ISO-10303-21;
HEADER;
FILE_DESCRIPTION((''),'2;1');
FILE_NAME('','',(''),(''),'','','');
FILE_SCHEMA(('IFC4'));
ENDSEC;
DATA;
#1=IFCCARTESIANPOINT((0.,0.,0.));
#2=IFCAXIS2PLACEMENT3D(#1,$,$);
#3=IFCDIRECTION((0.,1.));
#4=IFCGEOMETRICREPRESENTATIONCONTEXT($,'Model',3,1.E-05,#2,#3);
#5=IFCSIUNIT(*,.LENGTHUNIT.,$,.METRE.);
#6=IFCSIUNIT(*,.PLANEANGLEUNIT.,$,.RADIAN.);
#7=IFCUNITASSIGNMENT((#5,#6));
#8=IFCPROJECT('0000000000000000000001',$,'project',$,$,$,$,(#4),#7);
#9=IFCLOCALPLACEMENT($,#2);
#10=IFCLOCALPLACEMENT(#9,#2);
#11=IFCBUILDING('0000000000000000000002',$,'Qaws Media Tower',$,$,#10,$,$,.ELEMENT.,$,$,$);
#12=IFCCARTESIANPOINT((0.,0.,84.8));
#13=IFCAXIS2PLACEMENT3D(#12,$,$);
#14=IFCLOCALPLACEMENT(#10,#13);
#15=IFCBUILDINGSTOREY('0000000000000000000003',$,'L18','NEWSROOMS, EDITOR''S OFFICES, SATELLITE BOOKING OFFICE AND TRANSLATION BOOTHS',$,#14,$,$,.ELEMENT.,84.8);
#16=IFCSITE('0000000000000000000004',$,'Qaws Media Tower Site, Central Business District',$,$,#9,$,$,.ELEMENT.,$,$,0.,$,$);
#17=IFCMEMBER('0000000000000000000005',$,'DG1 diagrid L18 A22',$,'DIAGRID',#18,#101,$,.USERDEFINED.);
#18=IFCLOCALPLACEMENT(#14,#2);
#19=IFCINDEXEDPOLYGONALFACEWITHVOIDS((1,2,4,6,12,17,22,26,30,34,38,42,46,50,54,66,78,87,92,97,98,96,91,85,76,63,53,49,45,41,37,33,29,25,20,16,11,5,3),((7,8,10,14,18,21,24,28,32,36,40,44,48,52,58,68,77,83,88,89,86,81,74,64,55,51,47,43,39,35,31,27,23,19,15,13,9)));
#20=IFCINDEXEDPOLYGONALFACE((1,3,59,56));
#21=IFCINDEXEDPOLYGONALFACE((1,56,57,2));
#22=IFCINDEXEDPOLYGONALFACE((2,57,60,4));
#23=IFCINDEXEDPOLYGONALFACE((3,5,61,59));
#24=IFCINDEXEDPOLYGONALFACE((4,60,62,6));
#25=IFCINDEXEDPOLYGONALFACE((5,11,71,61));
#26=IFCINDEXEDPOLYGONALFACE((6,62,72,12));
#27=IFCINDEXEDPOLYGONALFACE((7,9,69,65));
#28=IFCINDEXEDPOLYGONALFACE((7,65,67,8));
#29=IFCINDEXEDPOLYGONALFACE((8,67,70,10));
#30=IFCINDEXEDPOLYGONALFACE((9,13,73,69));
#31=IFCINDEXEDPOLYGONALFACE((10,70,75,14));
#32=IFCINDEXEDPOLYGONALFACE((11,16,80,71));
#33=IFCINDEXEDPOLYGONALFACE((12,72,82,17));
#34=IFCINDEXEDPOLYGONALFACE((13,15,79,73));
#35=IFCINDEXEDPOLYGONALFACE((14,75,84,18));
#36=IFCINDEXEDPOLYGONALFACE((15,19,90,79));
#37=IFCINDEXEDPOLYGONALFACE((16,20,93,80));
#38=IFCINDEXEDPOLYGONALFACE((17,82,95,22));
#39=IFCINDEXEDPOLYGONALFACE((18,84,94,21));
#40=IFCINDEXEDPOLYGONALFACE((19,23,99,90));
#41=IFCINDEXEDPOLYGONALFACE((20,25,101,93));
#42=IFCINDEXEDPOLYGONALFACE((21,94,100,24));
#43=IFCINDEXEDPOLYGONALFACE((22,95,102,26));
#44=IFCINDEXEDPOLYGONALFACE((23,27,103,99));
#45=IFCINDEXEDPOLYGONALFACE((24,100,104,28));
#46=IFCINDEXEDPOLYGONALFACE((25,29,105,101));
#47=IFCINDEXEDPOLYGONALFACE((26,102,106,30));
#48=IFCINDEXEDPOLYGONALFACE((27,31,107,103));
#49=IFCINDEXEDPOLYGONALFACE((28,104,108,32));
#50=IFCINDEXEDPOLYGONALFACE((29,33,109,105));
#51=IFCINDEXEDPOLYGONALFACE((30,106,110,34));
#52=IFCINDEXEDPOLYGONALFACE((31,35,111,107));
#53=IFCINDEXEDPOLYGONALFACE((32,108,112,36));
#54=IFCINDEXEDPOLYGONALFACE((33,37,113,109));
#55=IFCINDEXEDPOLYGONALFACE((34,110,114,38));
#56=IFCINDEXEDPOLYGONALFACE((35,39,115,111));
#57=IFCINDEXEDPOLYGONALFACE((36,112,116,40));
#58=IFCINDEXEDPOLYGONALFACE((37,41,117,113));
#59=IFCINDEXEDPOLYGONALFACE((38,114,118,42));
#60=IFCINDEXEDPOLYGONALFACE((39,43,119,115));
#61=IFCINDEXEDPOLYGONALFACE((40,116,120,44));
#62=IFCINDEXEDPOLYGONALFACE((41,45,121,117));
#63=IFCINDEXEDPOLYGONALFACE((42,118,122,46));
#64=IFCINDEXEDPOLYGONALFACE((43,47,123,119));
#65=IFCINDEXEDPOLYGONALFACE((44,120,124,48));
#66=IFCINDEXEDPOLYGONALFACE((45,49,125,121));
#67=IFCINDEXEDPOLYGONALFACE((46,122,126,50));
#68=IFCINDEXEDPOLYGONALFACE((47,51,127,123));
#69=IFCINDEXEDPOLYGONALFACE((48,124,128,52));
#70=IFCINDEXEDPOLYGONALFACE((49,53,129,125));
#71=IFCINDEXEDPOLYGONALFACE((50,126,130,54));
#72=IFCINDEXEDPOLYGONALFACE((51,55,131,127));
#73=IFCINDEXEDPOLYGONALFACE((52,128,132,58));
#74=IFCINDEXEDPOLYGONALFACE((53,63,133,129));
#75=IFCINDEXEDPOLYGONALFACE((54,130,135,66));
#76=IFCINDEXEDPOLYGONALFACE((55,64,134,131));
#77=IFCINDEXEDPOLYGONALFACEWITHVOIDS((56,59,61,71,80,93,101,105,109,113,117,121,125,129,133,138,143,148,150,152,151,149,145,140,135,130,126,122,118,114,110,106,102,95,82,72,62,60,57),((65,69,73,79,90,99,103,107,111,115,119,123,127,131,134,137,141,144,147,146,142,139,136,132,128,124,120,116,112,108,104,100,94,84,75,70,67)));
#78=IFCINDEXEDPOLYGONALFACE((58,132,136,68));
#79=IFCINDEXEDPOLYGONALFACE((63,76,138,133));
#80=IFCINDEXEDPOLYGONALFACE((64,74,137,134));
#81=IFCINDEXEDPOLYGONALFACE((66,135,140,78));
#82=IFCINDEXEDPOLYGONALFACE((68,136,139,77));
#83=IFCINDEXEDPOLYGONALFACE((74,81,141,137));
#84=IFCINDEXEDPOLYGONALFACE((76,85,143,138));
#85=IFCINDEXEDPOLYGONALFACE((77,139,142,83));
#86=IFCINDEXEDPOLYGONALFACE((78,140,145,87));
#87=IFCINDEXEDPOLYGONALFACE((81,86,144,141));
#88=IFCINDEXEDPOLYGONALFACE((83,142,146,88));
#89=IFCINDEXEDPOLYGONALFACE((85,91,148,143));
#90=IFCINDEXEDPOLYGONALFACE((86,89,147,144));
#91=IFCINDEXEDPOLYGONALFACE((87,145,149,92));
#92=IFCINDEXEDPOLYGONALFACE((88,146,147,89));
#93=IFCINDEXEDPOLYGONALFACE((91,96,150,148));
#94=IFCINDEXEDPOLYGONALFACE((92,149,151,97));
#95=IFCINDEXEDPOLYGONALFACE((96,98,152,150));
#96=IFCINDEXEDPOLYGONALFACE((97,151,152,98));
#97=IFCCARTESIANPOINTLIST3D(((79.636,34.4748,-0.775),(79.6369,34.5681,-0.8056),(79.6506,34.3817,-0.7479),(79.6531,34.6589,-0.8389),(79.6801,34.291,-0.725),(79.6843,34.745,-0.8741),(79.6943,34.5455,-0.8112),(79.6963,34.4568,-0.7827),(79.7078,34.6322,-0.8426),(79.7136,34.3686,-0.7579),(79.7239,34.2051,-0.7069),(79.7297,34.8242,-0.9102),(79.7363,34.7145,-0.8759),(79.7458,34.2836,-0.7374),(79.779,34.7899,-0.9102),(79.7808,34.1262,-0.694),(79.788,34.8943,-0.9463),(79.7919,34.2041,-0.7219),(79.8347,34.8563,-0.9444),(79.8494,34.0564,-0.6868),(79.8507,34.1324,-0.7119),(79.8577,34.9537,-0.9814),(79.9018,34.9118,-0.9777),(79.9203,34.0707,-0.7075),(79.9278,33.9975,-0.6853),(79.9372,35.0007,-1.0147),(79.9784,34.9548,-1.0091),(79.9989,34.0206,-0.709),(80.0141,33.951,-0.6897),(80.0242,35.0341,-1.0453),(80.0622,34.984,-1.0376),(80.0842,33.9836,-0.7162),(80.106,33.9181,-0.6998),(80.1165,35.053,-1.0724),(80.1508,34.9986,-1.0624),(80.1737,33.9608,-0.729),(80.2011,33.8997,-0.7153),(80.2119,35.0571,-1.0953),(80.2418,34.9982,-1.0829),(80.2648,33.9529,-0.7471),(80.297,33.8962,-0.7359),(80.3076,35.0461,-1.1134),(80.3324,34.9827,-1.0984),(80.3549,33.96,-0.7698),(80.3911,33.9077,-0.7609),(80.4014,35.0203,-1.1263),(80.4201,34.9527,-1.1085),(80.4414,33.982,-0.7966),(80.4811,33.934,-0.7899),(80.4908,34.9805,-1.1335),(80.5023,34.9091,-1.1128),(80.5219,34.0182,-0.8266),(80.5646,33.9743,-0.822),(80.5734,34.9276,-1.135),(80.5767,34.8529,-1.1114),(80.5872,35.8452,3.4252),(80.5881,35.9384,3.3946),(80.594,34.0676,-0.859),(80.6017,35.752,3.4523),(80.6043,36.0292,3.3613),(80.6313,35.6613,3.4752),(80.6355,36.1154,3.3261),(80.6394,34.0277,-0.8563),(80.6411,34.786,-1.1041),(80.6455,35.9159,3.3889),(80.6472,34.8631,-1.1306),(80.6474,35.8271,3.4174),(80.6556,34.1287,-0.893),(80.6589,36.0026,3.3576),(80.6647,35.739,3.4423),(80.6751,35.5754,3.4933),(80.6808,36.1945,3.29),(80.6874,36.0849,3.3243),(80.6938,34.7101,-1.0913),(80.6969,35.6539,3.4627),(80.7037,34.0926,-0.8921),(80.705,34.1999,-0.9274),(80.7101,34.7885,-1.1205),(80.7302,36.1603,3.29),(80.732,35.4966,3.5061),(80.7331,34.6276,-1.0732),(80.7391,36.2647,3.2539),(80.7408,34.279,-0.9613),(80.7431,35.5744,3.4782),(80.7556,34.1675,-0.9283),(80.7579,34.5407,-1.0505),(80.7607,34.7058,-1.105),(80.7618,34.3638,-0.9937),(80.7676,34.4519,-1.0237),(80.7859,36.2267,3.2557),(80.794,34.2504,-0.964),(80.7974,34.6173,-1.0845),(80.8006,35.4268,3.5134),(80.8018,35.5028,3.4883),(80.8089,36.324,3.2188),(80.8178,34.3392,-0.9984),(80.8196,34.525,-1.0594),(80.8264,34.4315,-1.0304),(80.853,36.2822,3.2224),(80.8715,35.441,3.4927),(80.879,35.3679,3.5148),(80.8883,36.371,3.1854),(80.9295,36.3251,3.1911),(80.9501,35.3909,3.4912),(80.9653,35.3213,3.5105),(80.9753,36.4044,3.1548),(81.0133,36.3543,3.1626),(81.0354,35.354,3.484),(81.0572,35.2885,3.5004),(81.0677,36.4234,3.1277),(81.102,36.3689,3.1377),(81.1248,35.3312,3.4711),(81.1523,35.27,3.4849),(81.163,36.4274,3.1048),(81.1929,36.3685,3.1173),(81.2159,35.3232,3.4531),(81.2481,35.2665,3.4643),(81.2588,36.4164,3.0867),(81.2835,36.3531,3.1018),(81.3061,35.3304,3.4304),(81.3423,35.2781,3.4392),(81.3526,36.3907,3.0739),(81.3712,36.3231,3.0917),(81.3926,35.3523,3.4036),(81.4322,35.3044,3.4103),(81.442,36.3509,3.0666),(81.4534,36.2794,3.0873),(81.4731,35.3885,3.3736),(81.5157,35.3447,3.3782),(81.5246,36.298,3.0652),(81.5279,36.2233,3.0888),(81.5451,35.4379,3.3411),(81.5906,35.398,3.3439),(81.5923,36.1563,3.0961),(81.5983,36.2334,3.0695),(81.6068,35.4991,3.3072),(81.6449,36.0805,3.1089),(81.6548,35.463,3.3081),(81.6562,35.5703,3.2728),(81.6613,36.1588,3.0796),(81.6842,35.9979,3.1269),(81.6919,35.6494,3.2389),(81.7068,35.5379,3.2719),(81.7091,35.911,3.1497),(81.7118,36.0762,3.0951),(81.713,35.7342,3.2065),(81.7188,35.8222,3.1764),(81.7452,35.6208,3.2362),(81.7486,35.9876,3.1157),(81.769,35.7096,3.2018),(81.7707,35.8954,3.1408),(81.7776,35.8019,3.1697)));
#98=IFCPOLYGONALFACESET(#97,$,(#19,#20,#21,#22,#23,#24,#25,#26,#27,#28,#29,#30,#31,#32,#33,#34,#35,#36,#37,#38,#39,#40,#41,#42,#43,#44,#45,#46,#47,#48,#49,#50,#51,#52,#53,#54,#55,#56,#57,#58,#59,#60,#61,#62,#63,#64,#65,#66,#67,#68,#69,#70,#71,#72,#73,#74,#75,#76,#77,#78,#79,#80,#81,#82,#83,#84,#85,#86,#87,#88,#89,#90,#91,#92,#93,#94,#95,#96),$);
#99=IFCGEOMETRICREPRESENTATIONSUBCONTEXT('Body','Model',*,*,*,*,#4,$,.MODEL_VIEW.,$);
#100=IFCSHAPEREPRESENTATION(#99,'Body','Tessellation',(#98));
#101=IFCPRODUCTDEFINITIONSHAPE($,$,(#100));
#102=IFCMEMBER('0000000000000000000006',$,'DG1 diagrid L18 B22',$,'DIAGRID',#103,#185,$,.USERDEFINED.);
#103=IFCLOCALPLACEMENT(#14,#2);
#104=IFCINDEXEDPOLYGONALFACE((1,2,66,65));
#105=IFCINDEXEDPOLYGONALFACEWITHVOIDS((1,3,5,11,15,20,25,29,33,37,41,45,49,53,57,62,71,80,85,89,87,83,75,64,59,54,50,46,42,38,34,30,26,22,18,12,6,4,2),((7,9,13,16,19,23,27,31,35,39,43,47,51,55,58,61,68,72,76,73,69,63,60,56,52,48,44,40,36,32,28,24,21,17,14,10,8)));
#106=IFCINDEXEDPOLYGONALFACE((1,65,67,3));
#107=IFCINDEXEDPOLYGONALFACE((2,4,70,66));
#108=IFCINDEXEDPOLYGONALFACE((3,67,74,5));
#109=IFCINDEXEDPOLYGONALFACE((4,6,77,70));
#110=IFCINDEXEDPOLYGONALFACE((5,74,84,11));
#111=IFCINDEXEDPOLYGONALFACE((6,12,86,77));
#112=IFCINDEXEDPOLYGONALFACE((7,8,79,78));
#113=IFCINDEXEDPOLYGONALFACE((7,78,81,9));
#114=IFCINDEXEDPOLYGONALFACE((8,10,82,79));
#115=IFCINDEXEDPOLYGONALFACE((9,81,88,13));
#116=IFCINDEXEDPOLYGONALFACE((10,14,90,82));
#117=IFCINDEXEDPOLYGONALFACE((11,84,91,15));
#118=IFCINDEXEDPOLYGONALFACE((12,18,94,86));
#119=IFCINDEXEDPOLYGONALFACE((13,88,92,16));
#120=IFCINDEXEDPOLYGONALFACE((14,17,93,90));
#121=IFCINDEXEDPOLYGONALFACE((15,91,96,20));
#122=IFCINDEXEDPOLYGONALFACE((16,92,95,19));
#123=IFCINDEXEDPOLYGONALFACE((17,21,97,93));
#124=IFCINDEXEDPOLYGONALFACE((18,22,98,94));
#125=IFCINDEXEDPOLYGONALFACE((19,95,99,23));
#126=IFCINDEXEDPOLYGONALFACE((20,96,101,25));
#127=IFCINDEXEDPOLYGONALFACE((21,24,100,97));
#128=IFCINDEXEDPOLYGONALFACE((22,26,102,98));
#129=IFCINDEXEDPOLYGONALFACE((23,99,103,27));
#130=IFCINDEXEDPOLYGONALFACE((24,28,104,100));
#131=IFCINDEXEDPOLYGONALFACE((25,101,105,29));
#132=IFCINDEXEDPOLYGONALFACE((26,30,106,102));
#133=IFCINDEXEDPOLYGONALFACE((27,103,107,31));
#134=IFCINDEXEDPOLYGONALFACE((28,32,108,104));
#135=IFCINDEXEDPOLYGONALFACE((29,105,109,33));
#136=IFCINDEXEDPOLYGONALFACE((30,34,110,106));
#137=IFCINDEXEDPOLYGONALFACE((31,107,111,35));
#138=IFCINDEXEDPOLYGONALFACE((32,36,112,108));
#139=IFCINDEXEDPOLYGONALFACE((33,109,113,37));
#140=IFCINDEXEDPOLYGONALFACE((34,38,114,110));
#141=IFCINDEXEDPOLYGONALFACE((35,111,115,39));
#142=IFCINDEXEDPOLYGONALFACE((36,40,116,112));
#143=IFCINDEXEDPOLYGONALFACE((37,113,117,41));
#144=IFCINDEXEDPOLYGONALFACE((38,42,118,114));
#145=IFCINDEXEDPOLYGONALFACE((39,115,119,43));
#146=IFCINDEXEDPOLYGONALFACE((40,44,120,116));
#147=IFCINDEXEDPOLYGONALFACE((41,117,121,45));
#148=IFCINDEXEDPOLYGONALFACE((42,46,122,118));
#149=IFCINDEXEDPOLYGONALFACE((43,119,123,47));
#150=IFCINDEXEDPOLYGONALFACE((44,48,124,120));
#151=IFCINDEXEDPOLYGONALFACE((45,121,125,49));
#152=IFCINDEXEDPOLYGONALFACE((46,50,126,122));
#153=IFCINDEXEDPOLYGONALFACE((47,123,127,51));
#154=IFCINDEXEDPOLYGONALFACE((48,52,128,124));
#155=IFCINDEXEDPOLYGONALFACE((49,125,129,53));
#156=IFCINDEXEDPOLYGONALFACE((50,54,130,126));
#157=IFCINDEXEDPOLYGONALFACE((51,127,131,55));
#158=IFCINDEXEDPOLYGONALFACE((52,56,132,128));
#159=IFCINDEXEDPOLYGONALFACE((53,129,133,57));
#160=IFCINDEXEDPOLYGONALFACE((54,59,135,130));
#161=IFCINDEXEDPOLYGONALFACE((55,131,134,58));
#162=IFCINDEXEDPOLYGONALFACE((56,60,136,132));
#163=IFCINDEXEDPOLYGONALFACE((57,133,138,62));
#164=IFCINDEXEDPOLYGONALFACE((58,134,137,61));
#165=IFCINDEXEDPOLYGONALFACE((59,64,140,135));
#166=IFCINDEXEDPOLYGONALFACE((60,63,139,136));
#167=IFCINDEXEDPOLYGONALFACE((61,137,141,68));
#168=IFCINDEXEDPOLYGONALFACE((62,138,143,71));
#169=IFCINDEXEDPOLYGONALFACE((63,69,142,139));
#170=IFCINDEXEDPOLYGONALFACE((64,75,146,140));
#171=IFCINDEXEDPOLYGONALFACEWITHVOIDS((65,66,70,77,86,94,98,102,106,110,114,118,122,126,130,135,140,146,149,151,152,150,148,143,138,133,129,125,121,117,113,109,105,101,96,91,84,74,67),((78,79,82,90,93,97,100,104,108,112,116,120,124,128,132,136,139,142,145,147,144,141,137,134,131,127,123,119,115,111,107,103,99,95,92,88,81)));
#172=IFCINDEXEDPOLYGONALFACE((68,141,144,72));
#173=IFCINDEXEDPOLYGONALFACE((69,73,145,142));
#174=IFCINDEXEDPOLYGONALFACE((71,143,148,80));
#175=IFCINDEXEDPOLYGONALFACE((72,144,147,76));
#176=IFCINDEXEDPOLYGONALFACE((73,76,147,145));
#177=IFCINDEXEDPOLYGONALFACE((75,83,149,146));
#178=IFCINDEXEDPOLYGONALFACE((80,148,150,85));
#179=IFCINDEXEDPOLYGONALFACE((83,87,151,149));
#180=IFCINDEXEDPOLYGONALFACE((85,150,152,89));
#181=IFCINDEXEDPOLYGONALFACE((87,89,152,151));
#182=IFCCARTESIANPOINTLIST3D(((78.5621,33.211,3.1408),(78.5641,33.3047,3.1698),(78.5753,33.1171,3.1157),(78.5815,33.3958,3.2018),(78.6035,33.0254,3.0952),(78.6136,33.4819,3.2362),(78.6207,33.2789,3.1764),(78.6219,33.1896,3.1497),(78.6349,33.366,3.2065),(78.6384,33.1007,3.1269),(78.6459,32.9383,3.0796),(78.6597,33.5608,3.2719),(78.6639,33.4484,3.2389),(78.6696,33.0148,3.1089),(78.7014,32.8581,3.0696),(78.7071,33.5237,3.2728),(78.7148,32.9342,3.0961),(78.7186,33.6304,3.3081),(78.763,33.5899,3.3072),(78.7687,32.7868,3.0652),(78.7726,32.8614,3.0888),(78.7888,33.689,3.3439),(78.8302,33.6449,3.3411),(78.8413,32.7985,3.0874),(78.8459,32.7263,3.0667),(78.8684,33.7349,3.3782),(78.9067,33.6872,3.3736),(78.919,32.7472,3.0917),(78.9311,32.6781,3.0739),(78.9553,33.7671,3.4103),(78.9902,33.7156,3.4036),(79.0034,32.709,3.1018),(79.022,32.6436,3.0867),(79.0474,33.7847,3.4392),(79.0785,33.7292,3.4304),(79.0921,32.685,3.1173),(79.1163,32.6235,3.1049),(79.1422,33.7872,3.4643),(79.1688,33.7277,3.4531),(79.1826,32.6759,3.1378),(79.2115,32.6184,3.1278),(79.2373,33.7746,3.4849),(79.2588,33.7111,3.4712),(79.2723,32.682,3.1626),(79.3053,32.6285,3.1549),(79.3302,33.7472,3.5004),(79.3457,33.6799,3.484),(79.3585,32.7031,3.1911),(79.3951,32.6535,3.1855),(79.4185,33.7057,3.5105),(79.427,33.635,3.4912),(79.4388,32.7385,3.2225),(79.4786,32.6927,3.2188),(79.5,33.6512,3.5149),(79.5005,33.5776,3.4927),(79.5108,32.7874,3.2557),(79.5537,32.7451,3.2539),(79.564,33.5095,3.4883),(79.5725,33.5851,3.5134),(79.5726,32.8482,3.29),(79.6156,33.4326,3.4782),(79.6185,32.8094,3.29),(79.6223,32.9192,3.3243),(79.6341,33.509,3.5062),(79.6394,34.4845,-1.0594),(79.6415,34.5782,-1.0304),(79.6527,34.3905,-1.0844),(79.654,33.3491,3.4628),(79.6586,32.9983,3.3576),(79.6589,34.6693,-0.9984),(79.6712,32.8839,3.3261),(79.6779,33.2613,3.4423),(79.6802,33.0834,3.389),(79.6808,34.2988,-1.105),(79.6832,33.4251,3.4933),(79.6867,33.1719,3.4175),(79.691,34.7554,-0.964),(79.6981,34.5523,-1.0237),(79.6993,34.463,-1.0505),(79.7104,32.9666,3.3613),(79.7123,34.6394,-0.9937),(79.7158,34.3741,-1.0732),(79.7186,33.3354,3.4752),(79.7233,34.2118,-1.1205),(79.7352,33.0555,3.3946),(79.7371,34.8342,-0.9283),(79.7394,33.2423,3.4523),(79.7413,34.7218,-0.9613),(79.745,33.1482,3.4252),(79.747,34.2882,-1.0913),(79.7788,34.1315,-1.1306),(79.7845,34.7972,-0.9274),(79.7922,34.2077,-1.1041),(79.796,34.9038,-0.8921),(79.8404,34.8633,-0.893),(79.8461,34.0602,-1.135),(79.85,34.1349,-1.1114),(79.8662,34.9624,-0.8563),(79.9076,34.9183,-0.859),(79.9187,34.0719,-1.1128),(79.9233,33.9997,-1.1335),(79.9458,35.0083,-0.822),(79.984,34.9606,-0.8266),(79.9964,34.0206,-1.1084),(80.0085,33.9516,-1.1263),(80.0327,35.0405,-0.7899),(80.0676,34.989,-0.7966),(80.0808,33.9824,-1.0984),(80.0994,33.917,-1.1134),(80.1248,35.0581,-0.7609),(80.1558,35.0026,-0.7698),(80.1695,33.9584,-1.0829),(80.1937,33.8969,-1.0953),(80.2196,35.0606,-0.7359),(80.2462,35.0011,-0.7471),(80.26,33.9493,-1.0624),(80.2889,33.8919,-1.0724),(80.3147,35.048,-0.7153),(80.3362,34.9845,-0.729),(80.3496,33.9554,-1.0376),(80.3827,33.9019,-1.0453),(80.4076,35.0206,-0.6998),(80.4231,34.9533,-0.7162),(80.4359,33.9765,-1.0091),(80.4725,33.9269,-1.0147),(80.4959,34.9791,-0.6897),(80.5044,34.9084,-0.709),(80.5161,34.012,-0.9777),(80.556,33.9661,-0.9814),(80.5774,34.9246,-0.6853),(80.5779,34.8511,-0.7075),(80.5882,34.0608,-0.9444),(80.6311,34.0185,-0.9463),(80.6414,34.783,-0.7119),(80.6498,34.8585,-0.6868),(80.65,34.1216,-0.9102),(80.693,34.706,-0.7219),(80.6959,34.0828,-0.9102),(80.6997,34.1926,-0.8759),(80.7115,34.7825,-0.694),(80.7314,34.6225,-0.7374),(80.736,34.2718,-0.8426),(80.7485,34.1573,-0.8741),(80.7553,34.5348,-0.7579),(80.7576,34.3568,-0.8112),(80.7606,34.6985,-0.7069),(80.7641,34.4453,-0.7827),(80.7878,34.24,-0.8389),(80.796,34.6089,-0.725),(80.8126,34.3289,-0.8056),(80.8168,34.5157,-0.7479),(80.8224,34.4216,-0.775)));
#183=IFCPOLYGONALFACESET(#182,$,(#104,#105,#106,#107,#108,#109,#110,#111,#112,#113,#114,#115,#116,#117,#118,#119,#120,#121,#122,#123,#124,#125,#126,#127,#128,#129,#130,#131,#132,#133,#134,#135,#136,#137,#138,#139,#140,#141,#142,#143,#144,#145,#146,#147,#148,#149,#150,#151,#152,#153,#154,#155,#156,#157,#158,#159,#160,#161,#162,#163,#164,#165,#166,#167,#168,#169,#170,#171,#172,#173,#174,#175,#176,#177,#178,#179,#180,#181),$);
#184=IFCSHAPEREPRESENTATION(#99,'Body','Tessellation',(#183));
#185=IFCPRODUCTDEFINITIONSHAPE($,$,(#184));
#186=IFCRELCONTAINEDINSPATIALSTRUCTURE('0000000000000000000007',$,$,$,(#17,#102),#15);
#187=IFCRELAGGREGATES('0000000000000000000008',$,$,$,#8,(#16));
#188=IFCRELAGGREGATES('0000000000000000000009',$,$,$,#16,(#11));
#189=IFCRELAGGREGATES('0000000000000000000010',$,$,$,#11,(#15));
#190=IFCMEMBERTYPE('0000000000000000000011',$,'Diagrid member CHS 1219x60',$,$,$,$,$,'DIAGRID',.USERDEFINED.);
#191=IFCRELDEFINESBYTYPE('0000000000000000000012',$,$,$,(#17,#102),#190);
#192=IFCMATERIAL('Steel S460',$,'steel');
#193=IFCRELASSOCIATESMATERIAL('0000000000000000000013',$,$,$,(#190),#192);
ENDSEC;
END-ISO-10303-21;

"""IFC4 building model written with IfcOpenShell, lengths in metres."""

from ifc_helpers import new_model, si_unit, direction, frame, origin, origin_2d, place, context, subcontext, project, spatial, hollow_circle, extrude, material, material_profile, profile_set, type_object, element, save


model = new_model("IFC4")

# Units and contexts
model_context = context("Model", 3, precision=1e-05, world=origin(), true_north=direction((0.0, 1.0)))
body_context = subcontext(model_context, "Body", "Model", "MODEL_VIEW")
ifc_project = project(units=[si_unit("LENGTHUNIT", "METRE"), si_unit("PLANEANGLEUNIT", "RADIAN")], contexts=[model_context])

# Site, building, storey
site_placement = place(None, origin())
site = spatial("IfcSite", under=ifc_project, at=site_placement, Name="Qaws Media Tower Site, Central Business District", CompositionType="ELEMENT", RefElevation=0.0)
building_placement = place(site_placement, origin())
building = spatial("IfcBuilding", under=site, at=building_placement, Name="Qaws Media Tower", CompositionType="ELEMENT")
storey_placement = place(building_placement, frame((0.0, 0.0, 84.8)))
storey = spatial("IfcBuildingStorey", under=building, at=storey_placement, Name="L18", Description="NEWSROOMS, EDITOR'S OFFICES, SATELLITE BOOKING OFFICE AND TRANSLATION BOOTHS", CompositionType="ELEMENT", Elevation=84.8)

# Members
ifc_material_1 = material(Name="Steel S460", Category="steel")
ifc_material_profile_1 = material_profile(ifc_material_1, hollow_circle(Radius=0.6096, WallThickness=0.0601, at=origin_2d()), Name="CHS 1219x60")
ifc_profile_set_1 = profile_set([ifc_material_profile_1], Name="Steel S460")
member_type_1 = type_object("IfcMemberType", Name="Diagrid member CHS 1219x60", ElementType="DIAGRID", PredefinedType="USERDEFINED", material=ifc_profile_set_1)
for number, where, z_axis, x_axis, name in (
    (1, (80.2305, 34.4766, -0.9102), (0.210468, 0.303223, 0.929386), (-0.821501, 0.570207, 0.0), "DG1 diagrid L18 A22"),
    (2, (80.2305, 34.4766, -0.9102), (-0.238398, -0.281778, 0.929391), (0.763425, -0.645896, 0.0), "DG1 diagrid L18 B22"),
):
    element("IfcMember", number, at=place(storey_placement, frame(where, z_axis=z_axis, x_axis=x_axis)), inside=storey, type_object=member_type_1, Name=name, ObjectType="DIAGRID", PredefinedType="USERDEFINED", context=body_context, shape_type="SweptSolid", body=[
        extrude(hollow_circle(Radius=0.6096, WallThickness=0.0601, at=origin_2d()), origin(), (0.0, 0.0, 1.0), 4.5193),
    ])

save(model, "model.ifc")
